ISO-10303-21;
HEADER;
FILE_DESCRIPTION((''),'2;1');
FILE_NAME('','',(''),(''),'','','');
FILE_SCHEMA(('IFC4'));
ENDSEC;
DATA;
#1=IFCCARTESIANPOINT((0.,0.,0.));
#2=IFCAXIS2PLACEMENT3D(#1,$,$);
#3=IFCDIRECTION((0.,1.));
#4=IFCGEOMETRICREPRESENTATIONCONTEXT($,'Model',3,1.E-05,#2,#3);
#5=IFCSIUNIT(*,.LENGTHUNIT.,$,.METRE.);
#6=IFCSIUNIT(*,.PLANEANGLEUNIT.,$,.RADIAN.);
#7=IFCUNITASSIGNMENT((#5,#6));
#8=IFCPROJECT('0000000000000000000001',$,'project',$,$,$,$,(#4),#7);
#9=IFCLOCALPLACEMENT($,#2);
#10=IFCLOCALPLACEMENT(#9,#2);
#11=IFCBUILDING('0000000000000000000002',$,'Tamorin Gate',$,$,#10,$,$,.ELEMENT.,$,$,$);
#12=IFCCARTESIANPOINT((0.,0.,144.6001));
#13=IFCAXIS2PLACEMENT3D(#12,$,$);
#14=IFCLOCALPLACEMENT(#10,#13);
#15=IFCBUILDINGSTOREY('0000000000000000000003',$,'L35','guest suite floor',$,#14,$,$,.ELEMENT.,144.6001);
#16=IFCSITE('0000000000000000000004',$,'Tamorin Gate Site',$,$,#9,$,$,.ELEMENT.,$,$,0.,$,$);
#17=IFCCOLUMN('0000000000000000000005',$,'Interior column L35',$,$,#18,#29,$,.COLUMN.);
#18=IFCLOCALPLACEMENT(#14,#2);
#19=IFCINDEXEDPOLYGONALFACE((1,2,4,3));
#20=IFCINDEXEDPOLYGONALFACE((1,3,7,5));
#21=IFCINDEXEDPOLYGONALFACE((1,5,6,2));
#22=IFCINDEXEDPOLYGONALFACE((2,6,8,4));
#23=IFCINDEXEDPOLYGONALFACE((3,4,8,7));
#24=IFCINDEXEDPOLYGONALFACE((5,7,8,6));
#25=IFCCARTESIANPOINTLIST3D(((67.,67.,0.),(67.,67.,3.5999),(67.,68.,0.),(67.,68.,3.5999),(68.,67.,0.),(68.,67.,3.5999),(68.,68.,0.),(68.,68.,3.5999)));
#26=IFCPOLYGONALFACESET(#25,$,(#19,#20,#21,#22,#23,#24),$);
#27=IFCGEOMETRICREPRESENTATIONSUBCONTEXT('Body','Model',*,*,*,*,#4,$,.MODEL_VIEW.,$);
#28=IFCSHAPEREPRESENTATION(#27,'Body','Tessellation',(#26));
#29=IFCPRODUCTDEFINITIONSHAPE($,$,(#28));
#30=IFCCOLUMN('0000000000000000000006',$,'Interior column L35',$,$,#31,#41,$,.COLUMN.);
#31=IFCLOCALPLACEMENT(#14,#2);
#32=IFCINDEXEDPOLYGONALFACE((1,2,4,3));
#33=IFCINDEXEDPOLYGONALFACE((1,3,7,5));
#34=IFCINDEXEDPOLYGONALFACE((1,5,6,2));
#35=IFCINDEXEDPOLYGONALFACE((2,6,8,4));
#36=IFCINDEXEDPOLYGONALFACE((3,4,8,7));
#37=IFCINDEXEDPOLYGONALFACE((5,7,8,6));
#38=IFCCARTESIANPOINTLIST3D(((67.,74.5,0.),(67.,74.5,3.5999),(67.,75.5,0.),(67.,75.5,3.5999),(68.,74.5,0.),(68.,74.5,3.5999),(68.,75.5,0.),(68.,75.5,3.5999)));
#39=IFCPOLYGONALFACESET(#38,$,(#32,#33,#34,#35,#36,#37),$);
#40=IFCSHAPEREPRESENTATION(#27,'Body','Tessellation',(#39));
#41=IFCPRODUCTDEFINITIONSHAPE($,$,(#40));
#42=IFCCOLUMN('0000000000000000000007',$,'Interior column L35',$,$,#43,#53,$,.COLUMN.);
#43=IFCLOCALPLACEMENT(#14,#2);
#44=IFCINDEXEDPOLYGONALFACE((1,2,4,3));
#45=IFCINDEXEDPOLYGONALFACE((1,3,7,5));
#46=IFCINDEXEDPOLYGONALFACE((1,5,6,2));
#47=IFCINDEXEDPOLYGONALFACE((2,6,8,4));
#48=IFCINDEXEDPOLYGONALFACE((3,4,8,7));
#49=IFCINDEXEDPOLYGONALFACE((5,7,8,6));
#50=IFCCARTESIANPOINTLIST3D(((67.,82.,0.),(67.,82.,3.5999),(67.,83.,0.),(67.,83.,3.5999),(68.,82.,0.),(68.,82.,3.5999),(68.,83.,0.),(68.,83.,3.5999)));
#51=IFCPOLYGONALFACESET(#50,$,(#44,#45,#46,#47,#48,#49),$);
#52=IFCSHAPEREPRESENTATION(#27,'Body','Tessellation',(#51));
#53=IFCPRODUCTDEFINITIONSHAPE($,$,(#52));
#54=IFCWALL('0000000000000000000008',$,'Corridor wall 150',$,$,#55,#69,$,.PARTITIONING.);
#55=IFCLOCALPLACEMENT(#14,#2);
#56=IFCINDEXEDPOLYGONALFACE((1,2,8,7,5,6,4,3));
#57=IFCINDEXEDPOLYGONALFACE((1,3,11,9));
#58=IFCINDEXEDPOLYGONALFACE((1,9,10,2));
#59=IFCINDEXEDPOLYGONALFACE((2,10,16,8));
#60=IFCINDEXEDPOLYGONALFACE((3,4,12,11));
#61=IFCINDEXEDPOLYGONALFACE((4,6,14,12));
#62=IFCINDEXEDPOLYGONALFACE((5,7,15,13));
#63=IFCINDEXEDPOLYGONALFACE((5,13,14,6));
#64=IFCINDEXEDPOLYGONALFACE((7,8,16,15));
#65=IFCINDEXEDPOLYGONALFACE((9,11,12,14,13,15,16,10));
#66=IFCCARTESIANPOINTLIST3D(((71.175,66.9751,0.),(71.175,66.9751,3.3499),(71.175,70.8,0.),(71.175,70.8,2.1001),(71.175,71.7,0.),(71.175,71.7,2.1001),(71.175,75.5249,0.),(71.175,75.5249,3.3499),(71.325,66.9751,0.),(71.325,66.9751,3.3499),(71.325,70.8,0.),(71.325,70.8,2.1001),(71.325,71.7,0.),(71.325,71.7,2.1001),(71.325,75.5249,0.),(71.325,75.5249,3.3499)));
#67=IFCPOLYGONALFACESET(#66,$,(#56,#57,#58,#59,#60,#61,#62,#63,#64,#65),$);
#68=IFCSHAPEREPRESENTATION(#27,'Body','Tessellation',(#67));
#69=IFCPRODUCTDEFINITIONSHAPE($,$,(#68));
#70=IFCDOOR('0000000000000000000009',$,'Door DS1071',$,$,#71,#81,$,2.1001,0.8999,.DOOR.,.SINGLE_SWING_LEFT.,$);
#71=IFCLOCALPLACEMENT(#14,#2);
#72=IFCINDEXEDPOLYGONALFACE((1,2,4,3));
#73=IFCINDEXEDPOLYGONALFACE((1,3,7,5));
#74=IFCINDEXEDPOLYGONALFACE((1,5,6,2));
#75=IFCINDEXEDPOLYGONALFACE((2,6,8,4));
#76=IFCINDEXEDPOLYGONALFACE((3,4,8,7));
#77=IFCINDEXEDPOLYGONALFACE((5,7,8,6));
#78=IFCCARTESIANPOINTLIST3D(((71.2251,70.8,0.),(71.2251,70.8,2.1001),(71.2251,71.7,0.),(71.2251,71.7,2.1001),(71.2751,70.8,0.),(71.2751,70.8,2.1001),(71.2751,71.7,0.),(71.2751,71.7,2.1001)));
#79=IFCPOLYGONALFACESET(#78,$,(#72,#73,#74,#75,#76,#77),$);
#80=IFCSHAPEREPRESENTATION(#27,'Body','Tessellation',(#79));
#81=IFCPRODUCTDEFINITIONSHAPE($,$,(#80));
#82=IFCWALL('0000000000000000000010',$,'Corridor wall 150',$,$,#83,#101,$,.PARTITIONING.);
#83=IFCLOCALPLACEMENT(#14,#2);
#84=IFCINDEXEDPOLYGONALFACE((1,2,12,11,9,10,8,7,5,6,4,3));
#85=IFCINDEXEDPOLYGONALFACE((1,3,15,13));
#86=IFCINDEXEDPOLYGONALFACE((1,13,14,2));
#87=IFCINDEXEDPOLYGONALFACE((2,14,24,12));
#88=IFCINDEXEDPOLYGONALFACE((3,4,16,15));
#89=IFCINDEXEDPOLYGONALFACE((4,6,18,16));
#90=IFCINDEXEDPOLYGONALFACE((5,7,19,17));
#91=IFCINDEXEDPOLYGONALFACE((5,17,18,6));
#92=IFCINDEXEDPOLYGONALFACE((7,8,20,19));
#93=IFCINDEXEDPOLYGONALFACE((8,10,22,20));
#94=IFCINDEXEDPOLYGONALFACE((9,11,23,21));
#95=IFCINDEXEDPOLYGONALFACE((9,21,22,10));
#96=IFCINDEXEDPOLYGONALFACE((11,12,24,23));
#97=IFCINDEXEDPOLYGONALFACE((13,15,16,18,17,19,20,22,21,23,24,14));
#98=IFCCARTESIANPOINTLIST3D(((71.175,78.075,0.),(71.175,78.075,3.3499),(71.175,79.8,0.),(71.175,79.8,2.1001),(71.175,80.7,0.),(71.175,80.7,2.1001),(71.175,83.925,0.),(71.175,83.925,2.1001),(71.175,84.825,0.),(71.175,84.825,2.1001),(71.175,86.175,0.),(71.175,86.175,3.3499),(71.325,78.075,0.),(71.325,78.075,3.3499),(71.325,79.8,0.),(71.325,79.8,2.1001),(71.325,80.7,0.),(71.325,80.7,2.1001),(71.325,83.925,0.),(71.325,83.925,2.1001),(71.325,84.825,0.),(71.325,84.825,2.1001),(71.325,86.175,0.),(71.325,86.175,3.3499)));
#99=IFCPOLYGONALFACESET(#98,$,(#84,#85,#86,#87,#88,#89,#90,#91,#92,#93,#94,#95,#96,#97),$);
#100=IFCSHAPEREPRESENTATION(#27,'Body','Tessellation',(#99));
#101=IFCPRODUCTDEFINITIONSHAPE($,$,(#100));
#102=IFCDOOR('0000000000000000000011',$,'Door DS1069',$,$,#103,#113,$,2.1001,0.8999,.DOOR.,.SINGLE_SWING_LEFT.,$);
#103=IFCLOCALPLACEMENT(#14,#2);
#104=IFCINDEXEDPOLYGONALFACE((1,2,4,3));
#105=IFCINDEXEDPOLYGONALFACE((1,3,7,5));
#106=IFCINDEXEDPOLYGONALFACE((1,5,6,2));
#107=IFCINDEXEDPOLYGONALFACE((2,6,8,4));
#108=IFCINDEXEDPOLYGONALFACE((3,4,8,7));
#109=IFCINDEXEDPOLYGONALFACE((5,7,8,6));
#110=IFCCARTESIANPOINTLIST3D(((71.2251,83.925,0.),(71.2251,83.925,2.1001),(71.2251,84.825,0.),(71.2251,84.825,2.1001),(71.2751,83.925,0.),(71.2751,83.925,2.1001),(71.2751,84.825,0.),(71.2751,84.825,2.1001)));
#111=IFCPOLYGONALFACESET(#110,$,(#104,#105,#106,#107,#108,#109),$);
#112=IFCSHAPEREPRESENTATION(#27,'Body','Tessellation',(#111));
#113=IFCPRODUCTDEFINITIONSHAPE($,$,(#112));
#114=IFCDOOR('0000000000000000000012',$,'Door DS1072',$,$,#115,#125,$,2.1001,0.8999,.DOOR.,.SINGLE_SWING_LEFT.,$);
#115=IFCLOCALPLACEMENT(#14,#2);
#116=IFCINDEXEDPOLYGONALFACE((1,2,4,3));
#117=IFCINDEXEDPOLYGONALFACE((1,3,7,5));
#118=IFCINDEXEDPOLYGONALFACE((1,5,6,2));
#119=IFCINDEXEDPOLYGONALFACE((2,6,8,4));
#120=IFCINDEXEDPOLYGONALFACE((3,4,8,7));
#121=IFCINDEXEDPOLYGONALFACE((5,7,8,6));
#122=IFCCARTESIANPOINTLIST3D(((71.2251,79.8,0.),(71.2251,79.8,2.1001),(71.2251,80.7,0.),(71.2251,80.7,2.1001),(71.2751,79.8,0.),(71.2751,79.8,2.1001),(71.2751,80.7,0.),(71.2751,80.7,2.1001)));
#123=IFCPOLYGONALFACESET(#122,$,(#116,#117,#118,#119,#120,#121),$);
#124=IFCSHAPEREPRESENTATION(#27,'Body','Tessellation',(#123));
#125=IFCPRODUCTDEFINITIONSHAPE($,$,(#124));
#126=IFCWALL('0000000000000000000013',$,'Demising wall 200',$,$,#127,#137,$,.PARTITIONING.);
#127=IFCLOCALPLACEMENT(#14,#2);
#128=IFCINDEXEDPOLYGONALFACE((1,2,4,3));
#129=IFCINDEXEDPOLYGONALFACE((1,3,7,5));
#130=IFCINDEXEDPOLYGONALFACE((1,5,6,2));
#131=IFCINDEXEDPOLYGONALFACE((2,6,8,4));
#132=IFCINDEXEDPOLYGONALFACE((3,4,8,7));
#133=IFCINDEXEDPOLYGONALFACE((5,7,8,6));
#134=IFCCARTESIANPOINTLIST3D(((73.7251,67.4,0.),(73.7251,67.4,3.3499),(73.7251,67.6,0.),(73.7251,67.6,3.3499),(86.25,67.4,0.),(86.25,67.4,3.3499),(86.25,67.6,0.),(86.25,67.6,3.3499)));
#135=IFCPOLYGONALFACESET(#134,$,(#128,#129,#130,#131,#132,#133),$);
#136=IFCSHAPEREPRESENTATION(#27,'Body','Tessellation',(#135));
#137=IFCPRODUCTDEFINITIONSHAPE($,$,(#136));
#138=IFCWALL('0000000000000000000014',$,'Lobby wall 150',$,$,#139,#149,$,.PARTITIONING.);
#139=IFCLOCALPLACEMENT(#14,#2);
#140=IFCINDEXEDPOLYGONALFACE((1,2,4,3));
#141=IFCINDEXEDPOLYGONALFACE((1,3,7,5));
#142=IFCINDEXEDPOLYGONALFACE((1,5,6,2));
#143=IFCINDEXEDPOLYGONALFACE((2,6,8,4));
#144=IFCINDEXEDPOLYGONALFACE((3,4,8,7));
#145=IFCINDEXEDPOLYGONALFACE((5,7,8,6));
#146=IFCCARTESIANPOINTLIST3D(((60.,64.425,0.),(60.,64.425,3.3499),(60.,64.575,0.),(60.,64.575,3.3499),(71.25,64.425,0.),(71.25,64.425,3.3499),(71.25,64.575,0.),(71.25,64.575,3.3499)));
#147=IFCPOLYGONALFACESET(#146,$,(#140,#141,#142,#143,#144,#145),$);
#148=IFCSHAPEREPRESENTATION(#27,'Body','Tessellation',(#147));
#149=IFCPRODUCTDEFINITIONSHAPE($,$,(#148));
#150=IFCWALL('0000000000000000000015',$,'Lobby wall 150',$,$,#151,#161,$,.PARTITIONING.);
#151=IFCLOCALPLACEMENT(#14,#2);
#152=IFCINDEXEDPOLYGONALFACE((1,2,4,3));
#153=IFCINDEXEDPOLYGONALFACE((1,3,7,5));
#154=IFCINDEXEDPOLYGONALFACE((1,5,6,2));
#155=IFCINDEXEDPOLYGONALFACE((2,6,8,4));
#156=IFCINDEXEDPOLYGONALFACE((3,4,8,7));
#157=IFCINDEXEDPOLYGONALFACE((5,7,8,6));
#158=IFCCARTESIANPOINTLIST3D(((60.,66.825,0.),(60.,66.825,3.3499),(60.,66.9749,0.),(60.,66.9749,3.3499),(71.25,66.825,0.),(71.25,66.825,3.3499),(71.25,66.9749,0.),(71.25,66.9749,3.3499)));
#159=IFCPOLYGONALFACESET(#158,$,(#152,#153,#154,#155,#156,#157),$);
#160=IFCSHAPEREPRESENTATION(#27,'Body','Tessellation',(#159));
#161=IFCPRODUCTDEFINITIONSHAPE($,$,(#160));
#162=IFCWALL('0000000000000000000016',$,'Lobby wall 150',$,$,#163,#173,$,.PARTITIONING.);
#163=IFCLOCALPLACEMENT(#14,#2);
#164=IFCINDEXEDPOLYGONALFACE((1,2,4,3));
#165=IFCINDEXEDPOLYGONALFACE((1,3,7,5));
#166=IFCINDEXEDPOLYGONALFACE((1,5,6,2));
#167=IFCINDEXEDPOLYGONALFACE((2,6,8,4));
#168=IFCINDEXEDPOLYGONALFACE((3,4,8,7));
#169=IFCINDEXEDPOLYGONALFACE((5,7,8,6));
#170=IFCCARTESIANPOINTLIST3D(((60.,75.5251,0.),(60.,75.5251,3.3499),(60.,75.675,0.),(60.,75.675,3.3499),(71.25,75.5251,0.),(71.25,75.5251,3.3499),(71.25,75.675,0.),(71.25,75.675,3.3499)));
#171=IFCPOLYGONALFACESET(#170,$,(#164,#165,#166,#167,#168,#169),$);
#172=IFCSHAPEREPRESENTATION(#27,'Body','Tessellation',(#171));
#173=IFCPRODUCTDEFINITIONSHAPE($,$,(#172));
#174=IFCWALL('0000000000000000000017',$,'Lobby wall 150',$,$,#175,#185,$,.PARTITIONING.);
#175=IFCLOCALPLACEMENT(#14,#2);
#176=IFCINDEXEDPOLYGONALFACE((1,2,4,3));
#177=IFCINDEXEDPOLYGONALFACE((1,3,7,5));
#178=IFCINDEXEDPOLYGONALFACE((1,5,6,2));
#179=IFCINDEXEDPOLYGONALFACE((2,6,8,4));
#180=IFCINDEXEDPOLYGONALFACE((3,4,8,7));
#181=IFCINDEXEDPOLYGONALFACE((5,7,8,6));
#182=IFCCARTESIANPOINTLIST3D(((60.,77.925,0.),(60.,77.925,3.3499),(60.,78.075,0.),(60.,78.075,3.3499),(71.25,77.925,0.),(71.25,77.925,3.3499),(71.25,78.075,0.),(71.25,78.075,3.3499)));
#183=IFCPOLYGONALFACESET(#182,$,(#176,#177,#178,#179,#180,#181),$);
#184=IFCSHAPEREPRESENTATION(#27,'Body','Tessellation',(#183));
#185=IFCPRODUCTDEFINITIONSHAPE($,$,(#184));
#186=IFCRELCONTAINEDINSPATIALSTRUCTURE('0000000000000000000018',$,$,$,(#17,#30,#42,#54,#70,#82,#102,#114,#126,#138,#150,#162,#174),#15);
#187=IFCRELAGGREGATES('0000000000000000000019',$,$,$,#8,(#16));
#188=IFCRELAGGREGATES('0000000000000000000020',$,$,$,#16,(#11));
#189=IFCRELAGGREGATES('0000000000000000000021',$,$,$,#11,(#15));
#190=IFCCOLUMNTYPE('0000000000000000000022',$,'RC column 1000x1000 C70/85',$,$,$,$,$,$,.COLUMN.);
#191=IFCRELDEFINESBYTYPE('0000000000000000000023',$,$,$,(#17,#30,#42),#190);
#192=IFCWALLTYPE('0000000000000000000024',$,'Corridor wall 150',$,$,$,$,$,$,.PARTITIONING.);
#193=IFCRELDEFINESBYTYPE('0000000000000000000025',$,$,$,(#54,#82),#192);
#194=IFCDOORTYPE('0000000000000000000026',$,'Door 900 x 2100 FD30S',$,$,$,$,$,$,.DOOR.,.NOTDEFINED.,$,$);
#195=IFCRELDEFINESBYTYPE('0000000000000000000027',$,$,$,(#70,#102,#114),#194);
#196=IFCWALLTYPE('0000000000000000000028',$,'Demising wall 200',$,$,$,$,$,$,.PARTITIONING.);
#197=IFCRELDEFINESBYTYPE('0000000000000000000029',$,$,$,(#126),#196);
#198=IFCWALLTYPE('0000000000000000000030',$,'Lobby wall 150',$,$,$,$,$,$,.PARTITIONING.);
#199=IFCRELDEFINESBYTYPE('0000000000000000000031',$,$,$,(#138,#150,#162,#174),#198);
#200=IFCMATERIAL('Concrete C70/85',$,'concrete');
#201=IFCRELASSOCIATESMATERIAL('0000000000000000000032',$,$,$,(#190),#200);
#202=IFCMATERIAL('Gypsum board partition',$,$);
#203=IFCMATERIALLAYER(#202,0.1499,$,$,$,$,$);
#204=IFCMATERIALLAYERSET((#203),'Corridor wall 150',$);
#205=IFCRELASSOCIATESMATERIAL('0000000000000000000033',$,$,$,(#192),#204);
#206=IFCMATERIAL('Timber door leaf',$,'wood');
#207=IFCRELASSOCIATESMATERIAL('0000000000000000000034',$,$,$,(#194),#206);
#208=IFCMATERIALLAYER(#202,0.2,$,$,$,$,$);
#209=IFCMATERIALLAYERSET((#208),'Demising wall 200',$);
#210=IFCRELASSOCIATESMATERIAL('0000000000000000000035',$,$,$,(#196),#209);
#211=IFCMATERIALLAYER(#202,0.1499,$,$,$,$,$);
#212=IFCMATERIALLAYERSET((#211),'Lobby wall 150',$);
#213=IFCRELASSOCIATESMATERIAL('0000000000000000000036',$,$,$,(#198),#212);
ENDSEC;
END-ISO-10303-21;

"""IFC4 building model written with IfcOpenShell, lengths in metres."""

from ifc_helpers import new_model, si_unit, direction, frame, frame_2d, origin, origin_2d, place, context, subcontext, project, spatial, rectangle, extrude, material, layer, layer_set, material_profile, profile_set, type_object, element, fill, save


model = new_model("IFC4")

# Units and contexts
model_context = context("Model", 3, precision=1e-05, world=origin(), true_north=direction((0.0, 1.0)))
body_context = subcontext(model_context, "Body", "Model", "MODEL_VIEW")
ifc_project = project(units=[si_unit("LENGTHUNIT", "METRE"), si_unit("PLANEANGLEUNIT", "RADIAN")], contexts=[model_context])

# Site, building, storey
site_placement = place(None, origin())
site = spatial("IfcSite", under=ifc_project, at=site_placement, Name="Tamorin Gate Site", CompositionType="ELEMENT", RefElevation=0.0)
building_placement = place(site_placement, origin())
building = spatial("IfcBuilding", under=site, at=building_placement, Name="Tamorin Gate", CompositionType="ELEMENT")
storey_placement = place(building_placement, frame((0.0, 0.0, 144.6001)))
storey = spatial("IfcBuildingStorey", under=building, at=storey_placement, Name="L35", Description="guest suite floor", CompositionType="ELEMENT", Elevation=144.6001)

# Columns
ifc_material_1 = material(Name="Concrete C70/85", Category="concrete")
ifc_material_profile = material_profile(ifc_material_1, rectangle(XDim=1.0, YDim=1.0, at=origin_2d()), Name="RC 1000x1000")
ifc_profile_set = profile_set([ifc_material_profile], Name="Concrete C70/85")
column_type = type_object("IfcColumnType", Name="RC column 1000x1000 C70/85", PredefinedType="COLUMN", material=ifc_profile_set)
for number, where, z_axis, x_axis, name in (
    (1, (67.5, 67.5, 0.0), (0.0, 0.0, 1.0), (1.0, 0.0, 0.0), "Interior column L35"),
    (2, (67.5, 75.0, 0.0), (0.0, 0.0, 1.0), (1.0, 0.0, 0.0), "Interior column L35"),
    (3, (67.5, 82.5, 0.0), (0.0, 0.0, 1.0), (1.0, 0.0, 0.0), "Interior column L35"),
):
    element("IfcColumn", number, at=place(storey_placement, frame(where, z_axis=z_axis, x_axis=x_axis)), inside=storey, type_object=column_type, Name=name, PredefinedType="COLUMN", context=body_context, shape_type="SweptSolid", body=[
        extrude(rectangle(XDim=1.0, YDim=1.0, at=origin_2d()), origin(), (0.0, 0.0, 1.0), 3.5999),
    ])

# Wall, opening, door
ifc_material_2 = material(Name="Gypsum board partition")
ifc_layer_1 = layer(ifc_material_2, 0.1499)
ifc_layer_set_1 = layer_set([ifc_layer_1], Name="Corridor wall 150")
wall_type_1 = type_object("IfcWallType", Name="Corridor wall 150", PredefinedType="PARTITIONING", material=ifc_layer_set_1)
wall_1_placement = place(storey_placement, frame((71.25, 66.9751, 0.0), z_axis=(0.0, 0.0, 1.0), x_axis=(0.0, 1.0, 0.0)))
wall_1 = element("IfcWall", 4, at=wall_1_placement, inside=storey, type_object=wall_type_1, Name="Corridor wall 150", PredefinedType="PARTITIONING", context=body_context, shape_type="SweptSolid", body=[
    extrude(rectangle(XDim=8.5498, YDim=0.1499, at=frame_2d((4.2749, 0.0))), origin(), (0.0, 0.0, 1.0), 3.3499),
])
opening_1_placement = place(wall_1_placement, frame((3.825, 0.0, 0.0)))
opening_1 = element("IfcOpeningElement", 5, at=opening_1_placement, cuts=wall_1, PredefinedType="OPENING", context=body_context, shape_type="SweptSolid", body=[
    extrude(rectangle(XDim=0.8999, YDim=2.1001, at=frame_2d((0.45, 1.05))), frame((0.0, 0.085, 0.0), z_axis=(0.0, -1.0, 0.0), x_axis=(1.0, 0.0, 0.0)), (0.0, 0.0, 1.0), 0.1699),
])
ifc_material_3 = material(Name="Timber door leaf", Category="wood")
door_type_1 = type_object("IfcDoorType", Name="Door 900 x 2100 FD30S", OperationType="NOTDEFINED", PredefinedType="DOOR", material=ifc_material_3)
door_1_placement = place(opening_1_placement, origin())
door_1 = element("IfcDoor", 6, at=door_1_placement, inside=storey, type_object=door_type_1, Name="Door DS1071", OperationType="SINGLE_SWING_LEFT", OverallHeight=2.1001, OverallWidth=0.8999, PredefinedType="DOOR", context=body_context, shape_type="SweptSolid", body=[
    extrude(rectangle(XDim=0.8999, YDim=2.1001, at=frame_2d((0.45, 1.05))), frame((0.0, 0.0249, 0.0), z_axis=(0.0, -1.0, 0.0), x_axis=(1.0, 0.0, 0.0)), (0.0, 0.0, 1.0), 0.05),
])
fill(opening_1, door_1)

# Wall, openings, doors
wall_2_placement = place(storey_placement, frame((71.25, 78.075, 0.0), z_axis=(0.0, 0.0, 1.0), x_axis=(0.0, 1.0, 0.0)))
wall_2 = element("IfcWall", 7, at=wall_2_placement, inside=storey, type_object=wall_type_1, Name="Corridor wall 150", PredefinedType="PARTITIONING", context=body_context, shape_type="SweptSolid", body=[
    extrude(rectangle(XDim=8.1001, YDim=0.1499, at=frame_2d((4.05, 0.0))), origin(), (0.0, 0.0, 1.0), 3.3499),
])
opening_2_placement = place(wall_2_placement, frame((5.8501, 0.0, 0.0)))
opening_2 = element("IfcOpeningElement", 8, at=opening_2_placement, cuts=wall_2, PredefinedType="OPENING", context=body_context, shape_type="SweptSolid", body=[
    extrude(rectangle(XDim=0.8999, YDim=2.1001, at=frame_2d((0.45, 1.05))), frame((0.0, 0.085, 0.0), z_axis=(0.0, -1.0, 0.0), x_axis=(1.0, 0.0, 0.0)), (0.0, 0.0, 1.0), 0.1699),
])
opening_3_placement = place(wall_2_placement, frame((1.7251, 0.0, 0.0)))
opening_3 = element("IfcOpeningElement", 9, at=opening_3_placement, cuts=wall_2, PredefinedType="OPENING", context=body_context, shape_type="SweptSolid", body=[
    extrude(rectangle(XDim=0.8999, YDim=2.1001, at=frame_2d((0.45, 1.05))), frame((0.0, 0.085, 0.0), z_axis=(0.0, -1.0, 0.0), x_axis=(1.0, 0.0, 0.0)), (0.0, 0.0, 1.0), 0.1699),
])
door_2_placement = place(opening_2_placement, origin())
door_2 = element("IfcDoor", 10, at=door_2_placement, inside=storey, type_object=door_type_1, Name="Door DS1069", OperationType="SINGLE_SWING_LEFT", OverallHeight=2.1001, OverallWidth=0.8999, PredefinedType="DOOR", context=body_context, shape_type="SweptSolid", body=[
    extrude(rectangle(XDim=0.8999, YDim=2.1001, at=frame_2d((0.45, 1.05))), frame((0.0, 0.0249, 0.0), z_axis=(0.0, -1.0, 0.0), x_axis=(1.0, 0.0, 0.0)), (0.0, 0.0, 1.0), 0.05),
])
fill(opening_2, door_2)
door_3_placement = place(opening_3_placement, origin())
door_3 = element("IfcDoor", 11, at=door_3_placement, inside=storey, type_object=door_type_1, Name="Door DS1072", OperationType="SINGLE_SWING_LEFT", OverallHeight=2.1001, OverallWidth=0.8999, PredefinedType="DOOR", context=body_context, shape_type="SweptSolid", body=[
    extrude(rectangle(XDim=0.8999, YDim=2.1001, at=frame_2d((0.45, 1.05))), frame((0.0, 0.0249, 0.0), z_axis=(0.0, -1.0, 0.0), x_axis=(1.0, 0.0, 0.0)), (0.0, 0.0, 1.0), 0.05),
])
fill(opening_3, door_3)

# Walls
ifc_layer_2 = layer(ifc_material_2, 0.2)
ifc_layer_set_2 = layer_set([ifc_layer_2], Name="Demising wall 200")
wall_type_2 = type_object("IfcWallType", Name="Demising wall 200", PredefinedType="PARTITIONING", material=ifc_layer_set_2)
wall_3_placement = place(storey_placement, frame((73.7251, 67.5, 0.0), z_axis=(0.0, 0.0, 1.0), x_axis=(1.0, 0.0, 0.0)))
element("IfcWall", 12, at=wall_3_placement, inside=storey, type_object=wall_type_2, Name="Demising wall 200", PredefinedType="PARTITIONING", context=body_context, shape_type="SweptSolid", body=[
    extrude(rectangle(XDim=12.5249, YDim=0.2, at=frame_2d((6.2625, 0.0))), origin(), (0.0, 0.0, 1.0), 3.3499),
])
ifc_layer_3 = layer(ifc_material_2, 0.1499)
ifc_layer_set_3 = layer_set([ifc_layer_3], Name="Lobby wall 150")
wall_type_3 = type_object("IfcWallType", Name="Lobby wall 150", PredefinedType="PARTITIONING", material=ifc_layer_set_3)
for number, where, z_axis, x_axis, name in (
    (13, (60.0, 64.5, 0.0), (0.0, 0.0, 1.0), (1.0, 0.0, 0.0), "Lobby wall 150"),
    (14, (60.0, 66.8999, 0.0), (0.0, 0.0, 1.0), (1.0, 0.0, 0.0), "Lobby wall 150"),
    (15, (60.0, 75.6001, 0.0), (0.0, 0.0, 1.0), (1.0, 0.0, 0.0), "Lobby wall 150"),
    (16, (60.0, 78.0, 0.0), (0.0, 0.0, 1.0), (1.0, 0.0, 0.0), "Lobby wall 150"),
):
    element("IfcWall", number, at=place(storey_placement, frame(where, z_axis=z_axis, x_axis=x_axis)), inside=storey, type_object=wall_type_3, Name=name, PredefinedType="PARTITIONING", context=body_context, shape_type="SweptSolid", body=[
        extrude(rectangle(XDim=11.25, YDim=0.1499, at=frame_2d((5.625, 0.0))), origin(), (0.0, 0.0, 1.0), 3.3499),
    ])

save(model, "model.ifc")
